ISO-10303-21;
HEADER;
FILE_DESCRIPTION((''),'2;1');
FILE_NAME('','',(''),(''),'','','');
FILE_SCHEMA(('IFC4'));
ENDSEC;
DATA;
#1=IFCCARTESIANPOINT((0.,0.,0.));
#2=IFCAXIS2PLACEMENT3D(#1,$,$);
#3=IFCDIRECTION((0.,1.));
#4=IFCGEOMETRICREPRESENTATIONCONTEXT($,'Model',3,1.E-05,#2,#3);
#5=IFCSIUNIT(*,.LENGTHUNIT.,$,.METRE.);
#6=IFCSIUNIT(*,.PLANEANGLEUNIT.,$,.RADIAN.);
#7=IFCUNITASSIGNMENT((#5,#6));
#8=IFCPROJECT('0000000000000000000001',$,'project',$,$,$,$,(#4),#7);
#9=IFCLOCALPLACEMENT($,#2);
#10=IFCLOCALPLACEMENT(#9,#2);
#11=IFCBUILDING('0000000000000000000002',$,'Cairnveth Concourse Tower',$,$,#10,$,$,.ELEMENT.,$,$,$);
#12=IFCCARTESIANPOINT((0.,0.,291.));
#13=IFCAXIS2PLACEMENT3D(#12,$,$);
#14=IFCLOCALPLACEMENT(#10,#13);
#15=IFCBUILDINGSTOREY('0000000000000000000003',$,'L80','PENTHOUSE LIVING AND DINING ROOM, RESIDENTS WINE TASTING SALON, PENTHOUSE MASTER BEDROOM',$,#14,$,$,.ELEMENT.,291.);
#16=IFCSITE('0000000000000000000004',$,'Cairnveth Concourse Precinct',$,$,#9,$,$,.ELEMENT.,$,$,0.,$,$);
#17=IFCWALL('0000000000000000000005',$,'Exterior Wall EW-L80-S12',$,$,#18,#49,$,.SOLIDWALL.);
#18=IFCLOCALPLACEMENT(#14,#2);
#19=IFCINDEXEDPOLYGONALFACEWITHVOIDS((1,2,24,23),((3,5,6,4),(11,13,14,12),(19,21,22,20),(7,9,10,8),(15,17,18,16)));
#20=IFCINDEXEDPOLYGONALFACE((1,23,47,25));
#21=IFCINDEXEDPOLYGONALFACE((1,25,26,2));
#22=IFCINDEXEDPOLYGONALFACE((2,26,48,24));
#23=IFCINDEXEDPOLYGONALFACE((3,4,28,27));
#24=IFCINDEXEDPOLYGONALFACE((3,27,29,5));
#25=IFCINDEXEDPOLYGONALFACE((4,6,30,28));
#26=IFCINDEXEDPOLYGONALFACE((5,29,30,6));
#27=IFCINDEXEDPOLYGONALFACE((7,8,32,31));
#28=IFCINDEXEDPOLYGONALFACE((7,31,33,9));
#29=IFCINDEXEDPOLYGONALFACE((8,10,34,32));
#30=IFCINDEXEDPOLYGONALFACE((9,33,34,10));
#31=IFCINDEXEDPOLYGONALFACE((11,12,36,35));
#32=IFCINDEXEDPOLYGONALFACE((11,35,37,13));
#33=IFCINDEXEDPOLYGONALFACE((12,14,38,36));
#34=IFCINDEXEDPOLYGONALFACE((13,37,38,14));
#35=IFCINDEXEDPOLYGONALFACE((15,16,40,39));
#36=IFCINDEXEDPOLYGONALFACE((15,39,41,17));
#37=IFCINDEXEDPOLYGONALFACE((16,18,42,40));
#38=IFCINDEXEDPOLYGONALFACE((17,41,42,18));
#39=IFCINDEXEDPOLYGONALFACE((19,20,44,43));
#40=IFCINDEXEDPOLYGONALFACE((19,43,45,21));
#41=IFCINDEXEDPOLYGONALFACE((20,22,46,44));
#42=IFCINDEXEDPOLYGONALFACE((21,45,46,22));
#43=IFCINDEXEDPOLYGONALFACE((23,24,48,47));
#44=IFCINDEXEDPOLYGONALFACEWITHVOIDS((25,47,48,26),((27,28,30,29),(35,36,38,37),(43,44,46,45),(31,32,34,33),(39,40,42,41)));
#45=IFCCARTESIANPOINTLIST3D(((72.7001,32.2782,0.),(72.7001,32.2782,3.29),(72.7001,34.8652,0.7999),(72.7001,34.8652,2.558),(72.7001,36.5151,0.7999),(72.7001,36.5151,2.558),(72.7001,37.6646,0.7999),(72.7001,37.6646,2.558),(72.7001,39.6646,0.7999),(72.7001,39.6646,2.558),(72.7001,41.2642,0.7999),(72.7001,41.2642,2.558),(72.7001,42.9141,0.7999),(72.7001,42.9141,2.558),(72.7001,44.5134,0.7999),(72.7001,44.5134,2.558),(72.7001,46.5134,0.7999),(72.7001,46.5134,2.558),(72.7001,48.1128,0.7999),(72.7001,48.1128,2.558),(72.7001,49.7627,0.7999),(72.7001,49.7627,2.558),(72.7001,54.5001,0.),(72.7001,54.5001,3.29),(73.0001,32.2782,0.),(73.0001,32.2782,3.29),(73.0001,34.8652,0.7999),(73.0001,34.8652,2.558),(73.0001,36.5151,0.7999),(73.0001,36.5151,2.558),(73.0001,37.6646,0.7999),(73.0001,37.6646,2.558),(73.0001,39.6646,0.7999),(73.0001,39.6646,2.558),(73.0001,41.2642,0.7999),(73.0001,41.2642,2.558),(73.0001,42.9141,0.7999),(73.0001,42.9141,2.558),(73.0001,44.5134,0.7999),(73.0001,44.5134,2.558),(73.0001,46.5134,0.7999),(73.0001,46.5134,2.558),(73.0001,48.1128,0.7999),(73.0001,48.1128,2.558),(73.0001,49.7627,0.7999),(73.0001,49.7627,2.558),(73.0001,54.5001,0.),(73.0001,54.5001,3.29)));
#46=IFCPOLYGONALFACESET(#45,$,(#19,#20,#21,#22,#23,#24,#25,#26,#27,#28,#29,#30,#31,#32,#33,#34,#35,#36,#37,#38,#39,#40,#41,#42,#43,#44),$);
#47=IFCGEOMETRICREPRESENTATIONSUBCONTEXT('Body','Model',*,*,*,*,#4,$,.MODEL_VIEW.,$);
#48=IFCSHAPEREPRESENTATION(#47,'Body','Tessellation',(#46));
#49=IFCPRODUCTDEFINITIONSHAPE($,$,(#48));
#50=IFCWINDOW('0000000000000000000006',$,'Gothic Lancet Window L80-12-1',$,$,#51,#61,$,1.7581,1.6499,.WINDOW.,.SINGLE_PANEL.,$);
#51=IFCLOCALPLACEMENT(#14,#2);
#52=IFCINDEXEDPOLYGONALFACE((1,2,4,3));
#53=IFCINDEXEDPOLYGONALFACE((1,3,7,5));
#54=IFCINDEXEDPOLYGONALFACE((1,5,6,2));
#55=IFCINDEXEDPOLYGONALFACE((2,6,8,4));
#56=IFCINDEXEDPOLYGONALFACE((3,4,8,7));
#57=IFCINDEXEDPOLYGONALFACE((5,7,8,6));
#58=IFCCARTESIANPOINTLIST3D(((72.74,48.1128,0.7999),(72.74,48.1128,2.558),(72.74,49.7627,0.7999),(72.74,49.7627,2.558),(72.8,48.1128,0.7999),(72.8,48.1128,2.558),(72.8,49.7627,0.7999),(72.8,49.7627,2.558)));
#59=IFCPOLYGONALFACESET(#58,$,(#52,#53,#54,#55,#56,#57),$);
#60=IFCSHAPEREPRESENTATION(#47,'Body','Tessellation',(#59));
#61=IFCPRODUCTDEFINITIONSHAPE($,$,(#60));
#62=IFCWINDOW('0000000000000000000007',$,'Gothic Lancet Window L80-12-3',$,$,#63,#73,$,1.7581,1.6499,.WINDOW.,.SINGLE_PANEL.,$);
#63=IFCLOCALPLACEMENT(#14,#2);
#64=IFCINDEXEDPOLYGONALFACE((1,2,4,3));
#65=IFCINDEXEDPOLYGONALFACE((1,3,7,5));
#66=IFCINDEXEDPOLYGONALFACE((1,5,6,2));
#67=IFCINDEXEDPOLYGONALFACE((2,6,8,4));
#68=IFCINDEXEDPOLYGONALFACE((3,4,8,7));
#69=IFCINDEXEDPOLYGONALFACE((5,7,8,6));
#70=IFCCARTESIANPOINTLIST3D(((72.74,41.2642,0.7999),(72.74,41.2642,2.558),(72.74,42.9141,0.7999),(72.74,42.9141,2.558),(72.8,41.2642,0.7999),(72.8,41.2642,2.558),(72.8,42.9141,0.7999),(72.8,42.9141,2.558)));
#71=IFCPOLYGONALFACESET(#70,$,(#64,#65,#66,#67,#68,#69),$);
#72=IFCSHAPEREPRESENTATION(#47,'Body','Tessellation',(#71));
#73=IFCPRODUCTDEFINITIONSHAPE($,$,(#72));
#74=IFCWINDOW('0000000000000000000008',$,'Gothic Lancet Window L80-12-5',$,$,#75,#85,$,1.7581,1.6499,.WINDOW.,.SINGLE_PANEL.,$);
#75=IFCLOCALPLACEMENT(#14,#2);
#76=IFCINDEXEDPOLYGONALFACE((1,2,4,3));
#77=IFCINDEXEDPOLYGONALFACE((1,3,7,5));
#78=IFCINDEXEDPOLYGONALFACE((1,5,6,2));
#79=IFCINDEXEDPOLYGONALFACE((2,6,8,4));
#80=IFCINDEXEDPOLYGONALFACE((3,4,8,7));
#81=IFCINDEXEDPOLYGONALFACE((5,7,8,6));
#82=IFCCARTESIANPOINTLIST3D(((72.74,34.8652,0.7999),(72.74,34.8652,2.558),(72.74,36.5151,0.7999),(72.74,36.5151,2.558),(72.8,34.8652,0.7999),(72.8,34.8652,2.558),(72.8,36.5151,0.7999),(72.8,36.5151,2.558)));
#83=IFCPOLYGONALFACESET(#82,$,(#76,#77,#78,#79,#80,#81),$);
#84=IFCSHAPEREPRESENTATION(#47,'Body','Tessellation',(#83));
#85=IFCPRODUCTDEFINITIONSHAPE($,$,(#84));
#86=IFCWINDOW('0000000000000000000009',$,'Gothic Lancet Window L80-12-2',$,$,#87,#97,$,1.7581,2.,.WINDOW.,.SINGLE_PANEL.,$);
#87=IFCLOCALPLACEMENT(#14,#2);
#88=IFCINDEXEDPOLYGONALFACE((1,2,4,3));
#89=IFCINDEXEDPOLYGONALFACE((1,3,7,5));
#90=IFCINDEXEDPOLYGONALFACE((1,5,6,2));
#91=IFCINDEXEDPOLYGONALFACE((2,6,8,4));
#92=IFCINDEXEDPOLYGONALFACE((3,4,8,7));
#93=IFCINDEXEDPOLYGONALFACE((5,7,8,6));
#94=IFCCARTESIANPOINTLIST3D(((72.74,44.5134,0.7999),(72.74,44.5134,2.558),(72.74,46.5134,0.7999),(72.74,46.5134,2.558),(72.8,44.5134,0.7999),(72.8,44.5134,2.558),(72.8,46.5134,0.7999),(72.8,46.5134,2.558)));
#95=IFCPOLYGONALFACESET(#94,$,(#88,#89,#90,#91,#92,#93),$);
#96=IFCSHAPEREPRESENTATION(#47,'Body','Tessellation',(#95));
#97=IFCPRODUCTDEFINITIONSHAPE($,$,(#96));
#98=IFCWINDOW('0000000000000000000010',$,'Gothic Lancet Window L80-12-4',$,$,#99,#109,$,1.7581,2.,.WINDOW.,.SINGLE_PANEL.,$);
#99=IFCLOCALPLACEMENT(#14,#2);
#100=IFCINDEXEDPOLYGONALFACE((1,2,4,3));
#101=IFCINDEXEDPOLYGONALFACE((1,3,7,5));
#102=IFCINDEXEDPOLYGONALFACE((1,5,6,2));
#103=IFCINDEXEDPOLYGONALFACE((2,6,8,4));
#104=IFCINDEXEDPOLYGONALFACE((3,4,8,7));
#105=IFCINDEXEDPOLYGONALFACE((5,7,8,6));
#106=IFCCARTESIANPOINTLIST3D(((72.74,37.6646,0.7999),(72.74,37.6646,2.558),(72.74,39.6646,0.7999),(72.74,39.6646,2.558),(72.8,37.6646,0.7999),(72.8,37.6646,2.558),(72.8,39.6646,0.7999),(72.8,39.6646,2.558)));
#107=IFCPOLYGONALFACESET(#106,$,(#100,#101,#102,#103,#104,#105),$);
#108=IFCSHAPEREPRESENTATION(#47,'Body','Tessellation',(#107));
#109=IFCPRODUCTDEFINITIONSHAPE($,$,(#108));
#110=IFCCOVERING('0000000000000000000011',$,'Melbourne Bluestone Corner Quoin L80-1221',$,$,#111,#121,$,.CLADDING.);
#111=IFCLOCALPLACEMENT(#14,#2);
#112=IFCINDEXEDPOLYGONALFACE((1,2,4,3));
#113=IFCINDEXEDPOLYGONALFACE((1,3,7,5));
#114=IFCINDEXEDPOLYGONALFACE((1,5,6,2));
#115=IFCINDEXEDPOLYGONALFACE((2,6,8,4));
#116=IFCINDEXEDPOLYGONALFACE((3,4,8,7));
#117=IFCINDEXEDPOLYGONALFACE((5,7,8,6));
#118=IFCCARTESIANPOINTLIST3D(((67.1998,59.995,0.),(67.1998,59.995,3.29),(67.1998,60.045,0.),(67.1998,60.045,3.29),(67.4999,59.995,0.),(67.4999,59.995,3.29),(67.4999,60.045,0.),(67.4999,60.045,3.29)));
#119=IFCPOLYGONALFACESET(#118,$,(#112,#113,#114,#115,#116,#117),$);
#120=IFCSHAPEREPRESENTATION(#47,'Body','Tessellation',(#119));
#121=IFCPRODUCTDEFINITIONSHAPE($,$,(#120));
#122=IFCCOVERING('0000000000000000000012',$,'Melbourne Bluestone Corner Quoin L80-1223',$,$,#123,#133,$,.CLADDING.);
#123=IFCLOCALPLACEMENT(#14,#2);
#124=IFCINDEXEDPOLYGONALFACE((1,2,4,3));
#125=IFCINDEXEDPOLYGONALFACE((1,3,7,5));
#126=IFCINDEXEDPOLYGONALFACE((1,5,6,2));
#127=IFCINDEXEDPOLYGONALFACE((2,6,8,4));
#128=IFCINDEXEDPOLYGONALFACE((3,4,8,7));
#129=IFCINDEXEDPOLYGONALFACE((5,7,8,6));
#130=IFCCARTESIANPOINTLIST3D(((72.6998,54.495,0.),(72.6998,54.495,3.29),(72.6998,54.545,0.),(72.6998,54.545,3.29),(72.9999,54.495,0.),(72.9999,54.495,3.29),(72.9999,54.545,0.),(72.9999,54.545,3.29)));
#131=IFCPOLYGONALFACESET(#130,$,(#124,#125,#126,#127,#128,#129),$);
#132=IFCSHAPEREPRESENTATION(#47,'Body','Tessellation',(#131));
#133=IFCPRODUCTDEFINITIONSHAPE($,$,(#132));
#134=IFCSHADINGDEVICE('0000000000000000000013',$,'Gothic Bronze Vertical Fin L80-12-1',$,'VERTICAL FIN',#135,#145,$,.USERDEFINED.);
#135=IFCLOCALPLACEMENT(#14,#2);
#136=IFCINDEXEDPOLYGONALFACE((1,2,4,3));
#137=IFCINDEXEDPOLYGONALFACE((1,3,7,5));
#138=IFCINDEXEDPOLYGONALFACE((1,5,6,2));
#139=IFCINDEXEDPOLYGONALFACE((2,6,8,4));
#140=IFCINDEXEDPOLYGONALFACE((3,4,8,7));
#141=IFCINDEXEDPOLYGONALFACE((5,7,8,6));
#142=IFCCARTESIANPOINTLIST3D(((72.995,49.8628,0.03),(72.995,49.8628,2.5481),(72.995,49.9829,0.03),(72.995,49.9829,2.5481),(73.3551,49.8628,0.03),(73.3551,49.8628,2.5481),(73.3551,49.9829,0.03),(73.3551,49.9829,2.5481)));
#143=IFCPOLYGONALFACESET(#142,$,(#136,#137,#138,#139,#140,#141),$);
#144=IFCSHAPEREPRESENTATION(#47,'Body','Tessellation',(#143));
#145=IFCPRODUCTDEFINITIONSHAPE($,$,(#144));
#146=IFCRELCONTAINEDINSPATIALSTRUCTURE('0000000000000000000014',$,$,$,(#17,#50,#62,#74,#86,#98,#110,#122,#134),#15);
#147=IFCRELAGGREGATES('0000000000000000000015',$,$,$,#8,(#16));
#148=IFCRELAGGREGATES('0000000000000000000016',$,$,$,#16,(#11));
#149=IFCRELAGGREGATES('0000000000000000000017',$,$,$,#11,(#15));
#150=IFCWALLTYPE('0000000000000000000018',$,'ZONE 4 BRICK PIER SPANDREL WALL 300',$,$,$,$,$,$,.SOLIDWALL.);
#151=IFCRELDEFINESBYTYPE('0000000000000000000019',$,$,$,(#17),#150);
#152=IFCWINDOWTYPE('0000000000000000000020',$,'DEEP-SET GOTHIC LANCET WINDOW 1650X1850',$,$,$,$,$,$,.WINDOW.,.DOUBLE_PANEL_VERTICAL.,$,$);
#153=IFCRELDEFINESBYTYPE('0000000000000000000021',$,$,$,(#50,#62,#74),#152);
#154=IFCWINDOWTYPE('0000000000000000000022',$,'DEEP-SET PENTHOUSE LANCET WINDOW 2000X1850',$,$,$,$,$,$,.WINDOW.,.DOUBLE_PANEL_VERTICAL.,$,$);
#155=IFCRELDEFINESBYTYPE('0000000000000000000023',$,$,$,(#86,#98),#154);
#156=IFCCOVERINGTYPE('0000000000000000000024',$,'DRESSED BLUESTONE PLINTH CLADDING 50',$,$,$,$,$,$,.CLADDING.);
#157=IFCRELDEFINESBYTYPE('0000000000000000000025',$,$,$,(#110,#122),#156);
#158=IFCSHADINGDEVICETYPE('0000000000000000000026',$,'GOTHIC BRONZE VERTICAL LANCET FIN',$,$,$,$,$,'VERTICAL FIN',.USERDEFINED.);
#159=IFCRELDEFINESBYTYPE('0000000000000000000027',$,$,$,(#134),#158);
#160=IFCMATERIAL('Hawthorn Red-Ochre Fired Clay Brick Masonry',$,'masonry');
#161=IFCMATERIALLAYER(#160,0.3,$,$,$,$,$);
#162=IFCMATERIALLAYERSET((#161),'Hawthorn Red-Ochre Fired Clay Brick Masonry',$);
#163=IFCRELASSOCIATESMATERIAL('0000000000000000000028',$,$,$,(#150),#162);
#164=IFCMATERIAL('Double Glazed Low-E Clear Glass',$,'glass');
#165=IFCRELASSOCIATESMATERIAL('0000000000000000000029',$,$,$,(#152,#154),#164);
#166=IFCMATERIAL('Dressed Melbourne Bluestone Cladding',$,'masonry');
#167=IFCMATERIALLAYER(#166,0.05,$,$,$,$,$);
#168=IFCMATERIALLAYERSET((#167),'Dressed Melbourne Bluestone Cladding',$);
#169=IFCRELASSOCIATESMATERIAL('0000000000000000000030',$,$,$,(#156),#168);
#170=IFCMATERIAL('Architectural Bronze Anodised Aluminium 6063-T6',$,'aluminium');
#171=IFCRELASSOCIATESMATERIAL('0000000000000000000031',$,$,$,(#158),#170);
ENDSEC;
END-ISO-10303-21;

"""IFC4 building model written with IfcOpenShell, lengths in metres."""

from ifc_helpers import new_model, si_unit, direction, frame, frame_2d, origin, origin_2d, place, context, subcontext, project, spatial, rectangle, extrude, material, layer, layer_set, type_object, element, fill, save


model = new_model("IFC4")

# Units and contexts
model_context = context("Model", 3, precision=1e-05, world=origin(), true_north=direction((0.0, 1.0)))
body_context = subcontext(model_context, "Body", "Model", "MODEL_VIEW")
ifc_project = project(units=[si_unit("LENGTHUNIT", "METRE"), si_unit("PLANEANGLEUNIT", "RADIAN")], contexts=[model_context])

# Site, building, storey
site_placement = place(None, origin())
site = spatial("IfcSite", under=ifc_project, at=site_placement, Name="Cairnveth Concourse Precinct", CompositionType="ELEMENT", RefElevation=0.0)
building_placement = place(site_placement, origin())
building = spatial("IfcBuilding", under=site, at=building_placement, Name="Cairnveth Concourse Tower", CompositionType="ELEMENT")
storey_placement = place(building_placement, frame((0.0, 0.0, 291.0)))
storey = spatial("IfcBuildingStorey", under=building, at=storey_placement, Name="L80", Description="PENTHOUSE LIVING AND DINING ROOM, RESIDENTS WINE TASTING SALON, PENTHOUSE MASTER BEDROOM", CompositionType="ELEMENT", Elevation=291.0)

# Shared definitions
ifc_material_1 = material(Name="Hawthorn Red-Ochre Fired Clay Brick Masonry", Category="masonry")
ifc_layer_1 = layer(ifc_material_1, 0.3)
ifc_layer_set_1 = layer_set([ifc_layer_1], Name="Hawthorn Red-Ochre Fired Clay Brick Masonry")
wall_type = type_object("IfcWallType", Name="ZONE 4 BRICK PIER SPANDREL WALL 300", PredefinedType="SOLIDWALL", material=ifc_layer_set_1)
ifc_material_2 = material(Name="Double Glazed Low-E Clear Glass", Category="glass")

# Wall, openings, windows
wall_1_placement = place(storey_placement, frame((72.8501, 54.5, 0.0), z_axis=(0.0, 0.0, 1.0), x_axis=(0.0, -1.0, 0.0)))
wall_1 = element("IfcWall", 1, at=wall_1_placement, inside=storey, type_object=wall_type, Name="Exterior Wall EW-L80-S12", PredefinedType="SOLIDWALL", context=body_context, shape_type="SweptSolid", body=[
    extrude(rectangle(XDim=22.2219, YDim=0.3, at=frame_2d((11.1108, 0.0))), origin(), (0.0, 0.0, 1.0), 3.29),
])
opening_1_placement = place(wall_1_placement, frame((4.7373, 0.0, 0.8)))
opening_1 = element("IfcOpeningElement", 2, at=opening_1_placement, cuts=wall_1, PredefinedType="OPENING", context=body_context, shape_type="SweptSolid", body=[
    extrude(rectangle(XDim=1.6499, YDim=1.7581, at=frame_2d((0.825, 0.8789))), frame((0.0, 0.1599, 0.0), z_axis=(0.0, -1.0, 0.0), x_axis=(1.0, 0.0, 0.0)), (0.0, 0.0, 1.0), 0.3201),
])
opening_2_placement = place(wall_1_placement, frame((7.9866, 0.0, 0.8)))
opening_2 = element("IfcOpeningElement", 3, at=opening_2_placement, cuts=wall_1, PredefinedType="OPENING", context=body_context, shape_type="SweptSolid", body=[
    extrude(rectangle(XDim=2.0, YDim=1.7581, at=frame_2d((1.0, 0.8789))), frame((0.0, 0.1599, 0.0), z_axis=(0.0, -1.0, 0.0), x_axis=(1.0, 0.0, 0.0)), (0.0, 0.0, 1.0), 0.3201),
])
opening_3_placement = place(wall_1_placement, frame((11.5859, 0.0, 0.8)))
opening_3 = element("IfcOpeningElement", 4, at=opening_3_placement, cuts=wall_1, PredefinedType="OPENING", context=body_context, shape_type="SweptSolid", body=[
    extrude(rectangle(XDim=1.6499, YDim=1.7581, at=frame_2d((0.825, 0.8789))), frame((0.0, 0.1599, 0.0), z_axis=(0.0, -1.0, 0.0), x_axis=(1.0, 0.0, 0.0)), (0.0, 0.0, 1.0), 0.3201),
])
opening_4_placement = place(wall_1_placement, frame((14.8354, 0.0, 0.8)))
opening_4 = element("IfcOpeningElement", 5, at=opening_4_placement, cuts=wall_1, PredefinedType="OPENING", context=body_context, shape_type="SweptSolid", body=[
    extrude(rectangle(XDim=2.0, YDim=1.7581, at=frame_2d((1.0, 0.8789))), frame((0.0, 0.1599, 0.0), z_axis=(0.0, -1.0, 0.0), x_axis=(1.0, 0.0, 0.0)), (0.0, 0.0, 1.0), 0.3201),
])
opening_5_placement = place(wall_1_placement, frame((17.9849, 0.0, 0.8)))
opening_5 = element("IfcOpeningElement", 6, at=opening_5_placement, cuts=wall_1, PredefinedType="OPENING", context=body_context, shape_type="SweptSolid", body=[
    extrude(rectangle(XDim=1.6499, YDim=1.7581, at=frame_2d((0.825, 0.8789))), frame((0.0, 0.1599, 0.0), z_axis=(0.0, -1.0, 0.0), x_axis=(1.0, 0.0, 0.0)), (0.0, 0.0, 1.0), 0.3201),
])
window_type_1 = type_object("IfcWindowType", Name="DEEP-SET GOTHIC LANCET WINDOW 1650X1850", PartitioningType="DOUBLE_PANEL_VERTICAL", PredefinedType="WINDOW", material=ifc_material_2)
window_1_placement = place(opening_1_placement, origin())
window_1 = element("IfcWindow", 7, at=window_1_placement, inside=storey, type_object=window_type_1, Name="Gothic Lancet Window L80-12-1", OverallHeight=1.7581, OverallWidth=1.6499, PartitioningType="SINGLE_PANEL", PredefinedType="WINDOW", context=body_context, shape_type="SweptSolid", body=[
    extrude(rectangle(XDim=1.6499, YDim=1.7581, at=frame_2d((0.825, 0.8789))), frame((0.0, -0.05, 0.0), z_axis=(0.0, -1.0, 0.0), x_axis=(1.0, 0.0, 0.0)), (0.0, 0.0, 1.0), 0.0601),
])
fill(opening_1, window_1)
window_2_placement = place(opening_3_placement, origin())
window_2 = element("IfcWindow", 8, at=window_2_placement, inside=storey, type_object=window_type_1, Name="Gothic Lancet Window L80-12-3", OverallHeight=1.7581, OverallWidth=1.6499, PartitioningType="SINGLE_PANEL", PredefinedType="WINDOW", context=body_context, shape_type="SweptSolid", body=[
    extrude(rectangle(XDim=1.6499, YDim=1.7581, at=frame_2d((0.825, 0.8789))), frame((0.0, -0.05, 0.0), z_axis=(0.0, -1.0, 0.0), x_axis=(1.0, 0.0, 0.0)), (0.0, 0.0, 1.0), 0.0601),
])
fill(opening_3, window_2)
window_3_placement = place(opening_5_placement, origin())
window_3 = element("IfcWindow", 9, at=window_3_placement, inside=storey, type_object=window_type_1, Name="Gothic Lancet Window L80-12-5", OverallHeight=1.7581, OverallWidth=1.6499, PartitioningType="SINGLE_PANEL", PredefinedType="WINDOW", context=body_context, shape_type="SweptSolid", body=[
    extrude(rectangle(XDim=1.6499, YDim=1.7581, at=frame_2d((0.825, 0.8789))), frame((0.0, -0.05, 0.0), z_axis=(0.0, -1.0, 0.0), x_axis=(1.0, 0.0, 0.0)), (0.0, 0.0, 1.0), 0.0601),
])
fill(opening_5, window_3)
window_type_2 = type_object("IfcWindowType", Name="DEEP-SET PENTHOUSE LANCET WINDOW 2000X1850", PartitioningType="DOUBLE_PANEL_VERTICAL", PredefinedType="WINDOW", material=ifc_material_2)
window_4_placement = place(opening_2_placement, origin())
window_4 = element("IfcWindow", 10, at=window_4_placement, inside=storey, type_object=window_type_2, Name="Gothic Lancet Window L80-12-2", OverallHeight=1.7581, OverallWidth=2.0, PartitioningType="SINGLE_PANEL", PredefinedType="WINDOW", context=body_context, shape_type="SweptSolid", body=[
    extrude(rectangle(XDim=2.0, YDim=1.7581, at=frame_2d((1.0, 0.8789))), frame((0.0, -0.05, 0.0), z_axis=(0.0, -1.0, 0.0), x_axis=(1.0, 0.0, 0.0)), (0.0, 0.0, 1.0), 0.0601),
])
fill(opening_2, window_4)
window_5_placement = place(opening_4_placement, origin())
window_5 = element("IfcWindow", 11, at=window_5_placement, inside=storey, type_object=window_type_2, Name="Gothic Lancet Window L80-12-4", OverallHeight=1.7581, OverallWidth=2.0, PartitioningType="SINGLE_PANEL", PredefinedType="WINDOW", context=body_context, shape_type="SweptSolid", body=[
    extrude(rectangle(XDim=2.0, YDim=1.7581, at=frame_2d((1.0, 0.8789))), frame((0.0, -0.05, 0.0), z_axis=(0.0, -1.0, 0.0), x_axis=(1.0, 0.0, 0.0)), (0.0, 0.0, 1.0), 0.0601),
])
fill(opening_4, window_5)

# Coverings
ifc_material_3 = material(Name="Dressed Melbourne Bluestone Cladding", Category="masonry")
ifc_layer_2 = layer(ifc_material_3, 0.05)
ifc_layer_set_2 = layer_set([ifc_layer_2], Name="Dressed Melbourne Bluestone Cladding")
covering_type = type_object("IfcCoveringType", Name="DRESSED BLUESTONE PLINTH CLADDING 50", PredefinedType="CLADDING", material=ifc_layer_set_2)
for number, where, z_axis, x_axis, name in (
    (12, (67.2, 60.02, 0.0), (0.0, 0.0, 1.0), (1.0, 0.0, 0.0), "Melbourne Bluestone Corner Quoin L80-1221"),
    (13, (72.7, 54.52, 0.0), (0.0, 0.0, 1.0), (1.0, 0.0, 0.0), "Melbourne Bluestone Corner Quoin L80-1223"),
):
    element("IfcCovering", number, at=place(storey_placement, frame(where, z_axis=z_axis, x_axis=x_axis)), inside=storey, type_object=covering_type, Name=name, PredefinedType="CLADDING", context=body_context, shape_type="SweptSolid", body=[
        extrude(rectangle(XDim=0.3, YDim=0.05, at=frame_2d((0.1499, 0.0))), origin(), (0.0, 0.0, 1.0), 3.29),
    ])

# Shading device
ifc_material_4 = material(Name="Architectural Bronze Anodised Aluminium 6063-T6", Category="aluminium")
shading_device_type = type_object("IfcShadingDeviceType", Name="GOTHIC BRONZE VERTICAL LANCET FIN", ElementType="VERTICAL FIN", PredefinedType="USERDEFINED", material=ifc_material_4)
shading_device_placement = place(storey_placement, frame((73.175, 49.9229, 0.03), z_axis=(0.0, 0.0, 1.0), x_axis=(0.0, 1.0, 0.0)))
element("IfcShadingDevice", 14, at=shading_device_placement, inside=storey, type_object=shading_device_type, Name="Gothic Bronze Vertical Fin L80-12-1", ObjectType="VERTICAL FIN", PredefinedType="USERDEFINED", context=body_context, shape_type="SweptSolid", body=[
    extrude(rectangle(XDim=0.1201, YDim=0.3601, at=origin_2d()), origin(), (0.0, 0.0, 1.0), 2.5181),
])

save(model, "model.ifc")
